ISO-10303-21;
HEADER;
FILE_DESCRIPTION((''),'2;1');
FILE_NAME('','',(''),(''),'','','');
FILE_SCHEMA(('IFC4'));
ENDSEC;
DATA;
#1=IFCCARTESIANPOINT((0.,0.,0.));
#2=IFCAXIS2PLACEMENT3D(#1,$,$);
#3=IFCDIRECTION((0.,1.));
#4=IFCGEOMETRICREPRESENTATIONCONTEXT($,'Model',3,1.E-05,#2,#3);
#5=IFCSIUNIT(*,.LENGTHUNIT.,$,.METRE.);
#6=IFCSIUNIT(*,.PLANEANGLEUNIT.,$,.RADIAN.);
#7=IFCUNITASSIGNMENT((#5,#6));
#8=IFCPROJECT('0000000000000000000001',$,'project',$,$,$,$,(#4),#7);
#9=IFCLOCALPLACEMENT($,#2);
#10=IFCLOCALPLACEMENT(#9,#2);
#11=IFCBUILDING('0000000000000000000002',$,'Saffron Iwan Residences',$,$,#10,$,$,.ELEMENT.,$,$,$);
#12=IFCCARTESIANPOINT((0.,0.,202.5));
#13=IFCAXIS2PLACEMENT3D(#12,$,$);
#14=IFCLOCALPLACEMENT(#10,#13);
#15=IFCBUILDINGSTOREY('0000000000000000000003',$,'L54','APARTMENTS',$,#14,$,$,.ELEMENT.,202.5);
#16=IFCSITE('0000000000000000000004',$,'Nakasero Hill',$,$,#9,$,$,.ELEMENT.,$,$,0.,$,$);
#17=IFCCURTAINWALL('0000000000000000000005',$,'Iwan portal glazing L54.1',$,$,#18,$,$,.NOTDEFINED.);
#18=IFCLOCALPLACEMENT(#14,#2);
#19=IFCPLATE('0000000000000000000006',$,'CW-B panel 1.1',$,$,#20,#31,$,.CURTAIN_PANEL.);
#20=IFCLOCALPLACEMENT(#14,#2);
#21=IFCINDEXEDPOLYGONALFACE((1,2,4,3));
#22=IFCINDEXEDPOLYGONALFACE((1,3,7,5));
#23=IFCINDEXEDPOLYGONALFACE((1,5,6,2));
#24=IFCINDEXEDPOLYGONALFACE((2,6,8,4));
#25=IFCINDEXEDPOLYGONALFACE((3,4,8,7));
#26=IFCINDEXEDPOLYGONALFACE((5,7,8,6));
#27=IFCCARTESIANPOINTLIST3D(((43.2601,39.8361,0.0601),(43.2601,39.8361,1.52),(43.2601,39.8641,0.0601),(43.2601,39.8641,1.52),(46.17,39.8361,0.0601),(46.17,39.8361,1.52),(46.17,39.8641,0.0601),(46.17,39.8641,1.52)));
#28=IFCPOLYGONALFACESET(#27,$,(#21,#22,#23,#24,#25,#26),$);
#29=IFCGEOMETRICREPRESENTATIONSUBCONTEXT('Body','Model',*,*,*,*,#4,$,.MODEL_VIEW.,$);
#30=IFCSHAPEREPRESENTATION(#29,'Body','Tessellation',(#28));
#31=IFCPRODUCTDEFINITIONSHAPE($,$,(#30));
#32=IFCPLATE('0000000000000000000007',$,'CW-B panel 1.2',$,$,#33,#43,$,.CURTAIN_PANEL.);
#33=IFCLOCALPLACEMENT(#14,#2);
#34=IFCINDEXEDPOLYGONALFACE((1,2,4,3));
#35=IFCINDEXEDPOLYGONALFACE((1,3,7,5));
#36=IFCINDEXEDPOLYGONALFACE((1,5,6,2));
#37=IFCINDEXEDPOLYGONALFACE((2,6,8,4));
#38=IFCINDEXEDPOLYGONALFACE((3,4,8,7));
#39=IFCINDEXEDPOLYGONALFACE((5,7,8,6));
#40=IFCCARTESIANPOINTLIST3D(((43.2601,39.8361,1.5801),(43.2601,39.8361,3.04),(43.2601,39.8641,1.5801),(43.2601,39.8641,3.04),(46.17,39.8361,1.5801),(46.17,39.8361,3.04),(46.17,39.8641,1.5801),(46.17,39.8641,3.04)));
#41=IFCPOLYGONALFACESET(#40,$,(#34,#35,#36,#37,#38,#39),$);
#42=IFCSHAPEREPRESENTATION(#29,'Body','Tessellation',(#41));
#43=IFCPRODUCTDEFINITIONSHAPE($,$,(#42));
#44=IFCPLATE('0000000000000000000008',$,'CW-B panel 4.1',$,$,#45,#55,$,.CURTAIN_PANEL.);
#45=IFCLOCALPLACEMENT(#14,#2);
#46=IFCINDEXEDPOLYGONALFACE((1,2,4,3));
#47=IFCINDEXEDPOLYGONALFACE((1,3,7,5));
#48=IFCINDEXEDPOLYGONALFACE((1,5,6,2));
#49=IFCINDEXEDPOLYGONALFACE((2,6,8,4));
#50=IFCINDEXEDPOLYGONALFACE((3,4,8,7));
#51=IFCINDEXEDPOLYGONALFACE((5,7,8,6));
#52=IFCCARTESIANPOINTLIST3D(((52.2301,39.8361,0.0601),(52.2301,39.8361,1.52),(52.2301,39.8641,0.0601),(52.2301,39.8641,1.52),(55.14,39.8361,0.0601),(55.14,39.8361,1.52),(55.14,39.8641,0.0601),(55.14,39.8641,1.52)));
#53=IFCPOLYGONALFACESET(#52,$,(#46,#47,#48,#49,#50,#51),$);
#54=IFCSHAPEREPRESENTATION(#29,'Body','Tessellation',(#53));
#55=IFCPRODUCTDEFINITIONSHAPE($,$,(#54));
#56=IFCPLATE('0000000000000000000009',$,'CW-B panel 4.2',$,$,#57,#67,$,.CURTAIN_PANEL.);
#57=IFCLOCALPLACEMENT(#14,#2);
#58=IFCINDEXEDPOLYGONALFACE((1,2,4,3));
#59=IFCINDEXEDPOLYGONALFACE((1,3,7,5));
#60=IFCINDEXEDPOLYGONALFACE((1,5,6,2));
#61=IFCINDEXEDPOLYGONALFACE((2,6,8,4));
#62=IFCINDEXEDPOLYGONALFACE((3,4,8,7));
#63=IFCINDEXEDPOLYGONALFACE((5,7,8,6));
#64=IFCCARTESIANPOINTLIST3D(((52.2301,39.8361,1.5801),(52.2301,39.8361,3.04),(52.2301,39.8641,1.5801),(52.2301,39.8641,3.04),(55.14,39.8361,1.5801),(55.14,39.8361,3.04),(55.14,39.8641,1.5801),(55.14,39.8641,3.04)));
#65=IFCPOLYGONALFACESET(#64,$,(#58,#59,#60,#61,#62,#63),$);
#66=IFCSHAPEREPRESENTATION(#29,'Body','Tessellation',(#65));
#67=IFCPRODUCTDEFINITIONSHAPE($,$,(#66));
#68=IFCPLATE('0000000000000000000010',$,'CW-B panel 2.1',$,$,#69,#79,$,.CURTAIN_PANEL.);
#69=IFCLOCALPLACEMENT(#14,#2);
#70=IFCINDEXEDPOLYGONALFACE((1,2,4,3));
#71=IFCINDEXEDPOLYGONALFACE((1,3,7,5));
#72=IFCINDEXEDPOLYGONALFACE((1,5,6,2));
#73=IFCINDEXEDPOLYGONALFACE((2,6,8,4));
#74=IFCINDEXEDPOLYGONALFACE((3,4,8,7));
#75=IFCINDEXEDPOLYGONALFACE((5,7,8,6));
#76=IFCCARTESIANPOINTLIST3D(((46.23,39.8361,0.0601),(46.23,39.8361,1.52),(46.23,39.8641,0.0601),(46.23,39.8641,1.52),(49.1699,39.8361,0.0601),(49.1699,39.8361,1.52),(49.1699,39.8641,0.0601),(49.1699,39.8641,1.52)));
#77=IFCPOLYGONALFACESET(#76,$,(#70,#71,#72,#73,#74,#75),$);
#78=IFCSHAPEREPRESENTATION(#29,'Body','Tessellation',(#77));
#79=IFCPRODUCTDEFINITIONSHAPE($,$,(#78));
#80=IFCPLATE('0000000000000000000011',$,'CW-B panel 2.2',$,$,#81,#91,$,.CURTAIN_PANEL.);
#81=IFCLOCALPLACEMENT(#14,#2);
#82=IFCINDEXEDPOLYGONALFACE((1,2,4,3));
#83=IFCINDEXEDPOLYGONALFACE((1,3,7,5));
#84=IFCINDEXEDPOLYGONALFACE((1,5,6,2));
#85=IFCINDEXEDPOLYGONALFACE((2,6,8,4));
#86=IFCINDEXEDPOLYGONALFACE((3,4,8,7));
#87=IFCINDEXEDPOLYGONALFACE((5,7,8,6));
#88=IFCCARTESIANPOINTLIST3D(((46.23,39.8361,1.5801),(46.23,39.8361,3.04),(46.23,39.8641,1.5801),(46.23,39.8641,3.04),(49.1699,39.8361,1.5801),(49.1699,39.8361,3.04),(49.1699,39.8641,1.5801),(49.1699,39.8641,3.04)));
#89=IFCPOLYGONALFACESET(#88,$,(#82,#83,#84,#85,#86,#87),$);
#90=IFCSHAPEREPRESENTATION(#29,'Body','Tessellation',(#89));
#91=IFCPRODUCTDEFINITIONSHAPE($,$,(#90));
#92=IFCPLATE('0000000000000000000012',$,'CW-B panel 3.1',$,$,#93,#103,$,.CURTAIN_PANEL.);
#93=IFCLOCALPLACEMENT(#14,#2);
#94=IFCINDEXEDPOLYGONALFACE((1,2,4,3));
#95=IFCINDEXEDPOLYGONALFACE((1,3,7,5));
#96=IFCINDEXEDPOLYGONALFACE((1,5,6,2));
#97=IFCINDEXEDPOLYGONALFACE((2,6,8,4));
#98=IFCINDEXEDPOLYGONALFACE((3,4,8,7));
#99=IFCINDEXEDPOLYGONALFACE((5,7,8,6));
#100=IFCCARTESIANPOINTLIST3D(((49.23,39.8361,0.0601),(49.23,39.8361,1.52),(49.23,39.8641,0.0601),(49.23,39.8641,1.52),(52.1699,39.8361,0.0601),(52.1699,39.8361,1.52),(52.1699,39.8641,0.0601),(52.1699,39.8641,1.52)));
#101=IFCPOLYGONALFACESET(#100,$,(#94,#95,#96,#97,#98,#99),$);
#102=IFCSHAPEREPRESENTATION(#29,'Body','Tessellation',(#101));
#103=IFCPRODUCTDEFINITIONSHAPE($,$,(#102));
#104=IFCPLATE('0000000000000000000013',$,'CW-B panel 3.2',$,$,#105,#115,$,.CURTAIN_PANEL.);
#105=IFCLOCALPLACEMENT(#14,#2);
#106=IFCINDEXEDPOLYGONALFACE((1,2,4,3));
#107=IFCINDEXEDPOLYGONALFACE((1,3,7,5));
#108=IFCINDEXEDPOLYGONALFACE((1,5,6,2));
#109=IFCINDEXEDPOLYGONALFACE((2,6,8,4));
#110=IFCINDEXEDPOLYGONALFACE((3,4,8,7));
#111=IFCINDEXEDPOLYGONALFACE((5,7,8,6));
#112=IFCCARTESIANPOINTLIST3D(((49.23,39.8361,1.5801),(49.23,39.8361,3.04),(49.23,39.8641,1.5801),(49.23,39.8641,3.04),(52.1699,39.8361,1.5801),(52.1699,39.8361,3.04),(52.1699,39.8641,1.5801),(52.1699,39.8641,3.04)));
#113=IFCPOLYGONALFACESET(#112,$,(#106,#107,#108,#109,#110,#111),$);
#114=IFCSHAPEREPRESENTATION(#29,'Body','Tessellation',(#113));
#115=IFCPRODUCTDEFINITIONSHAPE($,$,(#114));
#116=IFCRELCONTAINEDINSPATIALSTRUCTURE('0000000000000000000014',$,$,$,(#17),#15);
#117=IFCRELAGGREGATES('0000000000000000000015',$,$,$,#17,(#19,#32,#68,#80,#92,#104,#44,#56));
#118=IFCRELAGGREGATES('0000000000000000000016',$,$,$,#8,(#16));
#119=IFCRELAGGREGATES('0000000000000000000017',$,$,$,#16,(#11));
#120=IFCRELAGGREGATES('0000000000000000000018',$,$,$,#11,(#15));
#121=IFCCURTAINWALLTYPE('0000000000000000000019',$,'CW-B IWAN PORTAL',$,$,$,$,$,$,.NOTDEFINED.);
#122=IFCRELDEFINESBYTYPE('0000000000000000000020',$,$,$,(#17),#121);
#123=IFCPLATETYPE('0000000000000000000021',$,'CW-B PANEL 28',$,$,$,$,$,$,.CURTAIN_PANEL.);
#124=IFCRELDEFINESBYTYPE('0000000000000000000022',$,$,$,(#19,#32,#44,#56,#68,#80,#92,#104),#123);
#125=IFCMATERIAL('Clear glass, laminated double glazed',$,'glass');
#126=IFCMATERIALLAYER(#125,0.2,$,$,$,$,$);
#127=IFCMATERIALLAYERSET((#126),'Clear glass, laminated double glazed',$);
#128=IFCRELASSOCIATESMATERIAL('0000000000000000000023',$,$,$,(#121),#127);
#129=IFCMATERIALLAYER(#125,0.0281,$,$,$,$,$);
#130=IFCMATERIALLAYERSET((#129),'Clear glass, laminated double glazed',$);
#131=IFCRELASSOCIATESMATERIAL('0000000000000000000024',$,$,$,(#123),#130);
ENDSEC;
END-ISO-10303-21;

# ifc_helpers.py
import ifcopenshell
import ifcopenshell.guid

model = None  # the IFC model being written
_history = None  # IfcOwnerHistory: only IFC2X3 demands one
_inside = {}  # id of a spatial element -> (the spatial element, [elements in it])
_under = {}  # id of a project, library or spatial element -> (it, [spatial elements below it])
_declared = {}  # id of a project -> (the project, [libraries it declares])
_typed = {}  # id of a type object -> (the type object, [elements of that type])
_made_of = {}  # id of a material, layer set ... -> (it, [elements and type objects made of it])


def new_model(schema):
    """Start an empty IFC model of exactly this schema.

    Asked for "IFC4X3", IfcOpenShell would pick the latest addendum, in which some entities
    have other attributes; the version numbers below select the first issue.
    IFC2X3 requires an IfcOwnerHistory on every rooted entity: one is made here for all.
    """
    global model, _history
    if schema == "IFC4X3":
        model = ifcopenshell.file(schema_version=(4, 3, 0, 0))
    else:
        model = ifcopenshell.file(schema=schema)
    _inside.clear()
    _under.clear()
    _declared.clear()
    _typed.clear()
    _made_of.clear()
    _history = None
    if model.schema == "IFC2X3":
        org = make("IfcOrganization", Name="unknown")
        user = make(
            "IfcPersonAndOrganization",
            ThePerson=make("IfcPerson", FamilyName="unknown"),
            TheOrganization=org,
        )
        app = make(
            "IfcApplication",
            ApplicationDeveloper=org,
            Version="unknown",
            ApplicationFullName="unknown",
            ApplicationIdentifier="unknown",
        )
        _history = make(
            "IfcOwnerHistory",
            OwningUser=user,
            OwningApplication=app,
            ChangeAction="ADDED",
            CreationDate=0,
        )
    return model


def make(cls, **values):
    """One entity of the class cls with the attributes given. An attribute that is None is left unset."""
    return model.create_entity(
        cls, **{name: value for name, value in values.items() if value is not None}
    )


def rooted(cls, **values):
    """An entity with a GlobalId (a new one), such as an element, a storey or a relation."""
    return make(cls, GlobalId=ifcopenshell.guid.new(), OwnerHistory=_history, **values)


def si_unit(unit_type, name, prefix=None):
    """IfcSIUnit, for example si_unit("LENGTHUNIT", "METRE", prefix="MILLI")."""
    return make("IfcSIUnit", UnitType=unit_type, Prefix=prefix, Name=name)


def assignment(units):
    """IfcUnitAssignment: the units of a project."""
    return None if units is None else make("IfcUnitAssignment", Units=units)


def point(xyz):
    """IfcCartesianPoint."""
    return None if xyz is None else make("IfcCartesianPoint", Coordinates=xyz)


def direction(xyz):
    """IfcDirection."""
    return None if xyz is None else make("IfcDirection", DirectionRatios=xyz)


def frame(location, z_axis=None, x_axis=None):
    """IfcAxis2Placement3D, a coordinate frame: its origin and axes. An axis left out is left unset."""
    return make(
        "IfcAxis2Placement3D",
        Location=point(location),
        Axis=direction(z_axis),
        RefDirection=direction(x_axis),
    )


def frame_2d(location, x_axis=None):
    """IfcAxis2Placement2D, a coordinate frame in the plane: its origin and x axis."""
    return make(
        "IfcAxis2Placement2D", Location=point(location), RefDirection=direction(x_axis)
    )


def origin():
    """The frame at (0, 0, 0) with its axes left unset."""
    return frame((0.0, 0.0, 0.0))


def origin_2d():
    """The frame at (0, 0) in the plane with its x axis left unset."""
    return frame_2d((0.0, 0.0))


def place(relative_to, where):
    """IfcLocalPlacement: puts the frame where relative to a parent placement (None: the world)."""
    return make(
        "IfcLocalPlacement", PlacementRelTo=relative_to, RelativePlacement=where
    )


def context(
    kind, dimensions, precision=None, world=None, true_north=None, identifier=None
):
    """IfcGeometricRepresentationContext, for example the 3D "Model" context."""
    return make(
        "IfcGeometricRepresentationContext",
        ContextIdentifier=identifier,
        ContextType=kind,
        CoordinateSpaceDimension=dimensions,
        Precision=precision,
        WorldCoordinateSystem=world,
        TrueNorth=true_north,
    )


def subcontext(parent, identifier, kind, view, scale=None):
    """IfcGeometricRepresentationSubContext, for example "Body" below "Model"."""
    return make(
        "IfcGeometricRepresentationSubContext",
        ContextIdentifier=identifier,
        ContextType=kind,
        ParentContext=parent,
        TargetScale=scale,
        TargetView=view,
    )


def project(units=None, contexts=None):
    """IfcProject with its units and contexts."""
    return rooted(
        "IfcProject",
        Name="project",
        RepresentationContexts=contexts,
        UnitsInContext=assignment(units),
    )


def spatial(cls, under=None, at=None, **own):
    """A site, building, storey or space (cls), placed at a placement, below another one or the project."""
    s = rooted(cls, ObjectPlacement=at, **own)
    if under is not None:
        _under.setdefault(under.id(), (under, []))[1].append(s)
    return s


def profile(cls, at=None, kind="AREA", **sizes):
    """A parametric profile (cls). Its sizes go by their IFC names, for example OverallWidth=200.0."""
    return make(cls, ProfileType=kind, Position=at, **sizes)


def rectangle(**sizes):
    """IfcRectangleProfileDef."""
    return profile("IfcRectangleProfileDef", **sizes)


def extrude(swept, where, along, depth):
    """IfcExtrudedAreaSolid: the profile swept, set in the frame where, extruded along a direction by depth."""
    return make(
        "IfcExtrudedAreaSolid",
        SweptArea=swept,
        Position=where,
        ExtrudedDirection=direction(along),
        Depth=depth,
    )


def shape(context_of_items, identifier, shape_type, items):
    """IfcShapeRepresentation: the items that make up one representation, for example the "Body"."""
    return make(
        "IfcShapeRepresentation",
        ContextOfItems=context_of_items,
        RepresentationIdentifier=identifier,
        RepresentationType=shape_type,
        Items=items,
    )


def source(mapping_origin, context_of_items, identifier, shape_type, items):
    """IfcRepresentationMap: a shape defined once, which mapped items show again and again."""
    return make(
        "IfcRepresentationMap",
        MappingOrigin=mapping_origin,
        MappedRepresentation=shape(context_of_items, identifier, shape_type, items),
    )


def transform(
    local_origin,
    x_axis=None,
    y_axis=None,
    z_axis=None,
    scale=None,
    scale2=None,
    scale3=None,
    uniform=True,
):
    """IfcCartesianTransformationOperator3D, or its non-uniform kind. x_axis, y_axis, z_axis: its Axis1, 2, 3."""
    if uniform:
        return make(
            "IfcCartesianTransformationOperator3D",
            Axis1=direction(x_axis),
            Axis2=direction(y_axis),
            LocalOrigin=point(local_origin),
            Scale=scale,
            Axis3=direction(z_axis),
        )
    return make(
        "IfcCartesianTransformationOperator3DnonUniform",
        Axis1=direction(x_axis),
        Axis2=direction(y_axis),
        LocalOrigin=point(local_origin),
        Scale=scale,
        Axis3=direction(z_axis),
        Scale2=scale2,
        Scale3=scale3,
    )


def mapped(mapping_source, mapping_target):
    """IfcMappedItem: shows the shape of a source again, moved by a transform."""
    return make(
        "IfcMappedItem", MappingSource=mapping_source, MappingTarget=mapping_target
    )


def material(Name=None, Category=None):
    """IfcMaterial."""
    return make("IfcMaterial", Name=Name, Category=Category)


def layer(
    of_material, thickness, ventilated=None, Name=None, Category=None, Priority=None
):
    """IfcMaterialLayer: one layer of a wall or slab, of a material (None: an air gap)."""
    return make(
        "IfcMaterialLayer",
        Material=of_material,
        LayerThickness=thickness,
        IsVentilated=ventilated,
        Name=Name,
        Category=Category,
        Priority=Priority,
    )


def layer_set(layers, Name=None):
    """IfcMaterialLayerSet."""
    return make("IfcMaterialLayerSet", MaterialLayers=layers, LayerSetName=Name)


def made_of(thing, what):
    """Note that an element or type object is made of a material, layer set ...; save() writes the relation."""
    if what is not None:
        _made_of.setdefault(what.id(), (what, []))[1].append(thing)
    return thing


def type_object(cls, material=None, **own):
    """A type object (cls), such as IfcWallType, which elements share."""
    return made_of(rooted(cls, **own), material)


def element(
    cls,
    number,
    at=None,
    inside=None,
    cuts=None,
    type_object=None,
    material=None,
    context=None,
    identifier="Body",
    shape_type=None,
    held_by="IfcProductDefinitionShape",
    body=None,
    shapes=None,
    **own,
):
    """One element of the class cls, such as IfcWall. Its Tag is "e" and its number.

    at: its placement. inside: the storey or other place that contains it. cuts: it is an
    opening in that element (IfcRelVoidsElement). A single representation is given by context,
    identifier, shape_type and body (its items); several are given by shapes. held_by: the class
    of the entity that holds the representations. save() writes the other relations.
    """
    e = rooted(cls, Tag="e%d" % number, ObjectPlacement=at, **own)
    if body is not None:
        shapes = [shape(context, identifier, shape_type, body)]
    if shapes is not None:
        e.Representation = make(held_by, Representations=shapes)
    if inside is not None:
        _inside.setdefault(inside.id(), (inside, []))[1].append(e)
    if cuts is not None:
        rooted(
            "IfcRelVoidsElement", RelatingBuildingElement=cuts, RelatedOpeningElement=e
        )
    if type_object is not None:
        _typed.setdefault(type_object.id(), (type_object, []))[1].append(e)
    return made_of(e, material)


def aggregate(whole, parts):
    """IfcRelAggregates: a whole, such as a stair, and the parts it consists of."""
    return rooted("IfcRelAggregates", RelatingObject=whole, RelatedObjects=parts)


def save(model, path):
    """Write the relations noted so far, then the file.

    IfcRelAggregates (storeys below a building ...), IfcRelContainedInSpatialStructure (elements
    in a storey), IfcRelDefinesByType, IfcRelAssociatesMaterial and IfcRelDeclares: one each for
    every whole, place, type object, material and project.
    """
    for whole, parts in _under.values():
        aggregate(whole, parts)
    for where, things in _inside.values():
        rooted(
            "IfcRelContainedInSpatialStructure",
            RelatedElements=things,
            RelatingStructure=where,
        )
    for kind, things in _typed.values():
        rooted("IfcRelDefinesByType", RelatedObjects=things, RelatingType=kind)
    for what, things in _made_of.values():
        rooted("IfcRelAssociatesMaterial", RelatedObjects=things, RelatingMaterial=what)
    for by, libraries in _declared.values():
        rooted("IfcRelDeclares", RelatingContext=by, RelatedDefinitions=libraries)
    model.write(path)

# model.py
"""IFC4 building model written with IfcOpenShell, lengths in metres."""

from ifc_helpers import new_model, si_unit, direction, frame, origin, origin_2d, place, context, subcontext, project, spatial, rectangle, extrude, source, transform, mapped, material, layer, layer_set, type_object, element, aggregate, save


model = new_model("IFC4")

# Units and contexts
model_context = context("Model", 3, precision=1e-05, world=origin(), true_north=direction((0.0, 1.0)))
body_context = subcontext(model_context, "Body", "Model", "MODEL_VIEW")
ifc_project = project(units=[si_unit("LENGTHUNIT", "METRE"), si_unit("PLANEANGLEUNIT", "RADIAN")], contexts=[model_context])

# Site, building, storey
site_placement = place(None, origin())
site = spatial("IfcSite", under=ifc_project, at=site_placement, Name="Nakasero Hill", CompositionType="ELEMENT", RefElevation=0.0)
building_placement = place(site_placement, origin())
building = spatial("IfcBuilding", under=site, at=building_placement, Name="Saffron Iwan Residences", CompositionType="ELEMENT")
storey_placement = place(building_placement, frame((0.0, 0.0, 202.5)))
storey = spatial("IfcBuildingStorey", under=building, at=storey_placement, Name="L54", Description="APARTMENTS", CompositionType="ELEMENT", Elevation=202.5)

# Curtain wall, plates
ifc_material_1 = material(Name="Clear glass, laminated double glazed", Category="glass")
ifc_layer_1 = layer(ifc_material_1, 0.2)
ifc_layer_set_1 = layer_set([ifc_layer_1], Name="Clear glass, laminated double glazed")
curtain_wall_type = type_object("IfcCurtainWallType", Name="CW-B IWAN PORTAL", PredefinedType="NOTDEFINED", material=ifc_layer_set_1)
curtain_wall_placement = place(storey_placement, origin())
curtain_wall = element("IfcCurtainWall", 1, at=curtain_wall_placement, inside=storey, type_object=curtain_wall_type, Name="Iwan portal glazing L54.1", PredefinedType="NOTDEFINED")
ifc_layer_2 = layer(ifc_material_1, 0.0281)
ifc_layer_set_2 = layer_set([ifc_layer_2], Name="Clear glass, laminated double glazed")
plate_type = type_object("IfcPlateType", Name="CW-B PANEL 28", PredefinedType="CURTAIN_PANEL", material=ifc_layer_set_2)
shared_shape_1 = source(origin(), body_context, "Body", "SweptSolid", [
    extrude(rectangle(XDim=2.9099, YDim=0.0281, at=origin_2d()), origin(), (0.0, 0.0, 1.0), 1.46),
])
plate_1_placement = place(storey_placement, frame((44.7151, 39.8501, 0.0601), z_axis=(0.0, 0.0, 1.0), x_axis=(1.0, 0.0, 0.0)))
plate_1 = element("IfcPlate", 2, at=plate_1_placement, type_object=plate_type, Name="CW-B panel 1.1", PredefinedType="CURTAIN_PANEL", context=body_context, shape_type="MappedRepresentation", body=[
    mapped(shared_shape_1, transform((0.0, 0.0, 0.0))),
])
plate_2_placement = place(storey_placement, frame((44.7151, 39.8501, 1.5801), z_axis=(0.0, 0.0, 1.0), x_axis=(1.0, 0.0, 0.0)))
plate_2 = element("IfcPlate", 3, at=plate_2_placement, type_object=plate_type, Name="CW-B panel 1.2", PredefinedType="CURTAIN_PANEL", context=body_context, shape_type="MappedRepresentation", body=[
    mapped(shared_shape_1, transform((0.0, 0.0, 0.0))),
])
plate_3_placement = place(storey_placement, frame((53.6851, 39.8501, 0.0601), z_axis=(0.0, 0.0, 1.0), x_axis=(1.0, 0.0, 0.0)))
plate_3 = element("IfcPlate", 4, at=plate_3_placement, type_object=plate_type, Name="CW-B panel 4.1", PredefinedType="CURTAIN_PANEL", context=body_context, shape_type="MappedRepresentation", body=[
    mapped(shared_shape_1, transform((0.0, 0.0, 0.0))),
])
plate_4_placement = place(storey_placement, frame((53.6851, 39.8501, 1.5801), z_axis=(0.0, 0.0, 1.0), x_axis=(1.0, 0.0, 0.0)))
plate_4 = element("IfcPlate", 5, at=plate_4_placement, type_object=plate_type, Name="CW-B panel 4.2", PredefinedType="CURTAIN_PANEL", context=body_context, shape_type="MappedRepresentation", body=[
    mapped(shared_shape_1, transform((0.0, 0.0, 0.0))),
])
shared_shape_2 = source(origin(), body_context, "Body", "SweptSolid", [
    extrude(rectangle(XDim=2.9399, YDim=0.0281, at=origin_2d()), origin(), (0.0, 0.0, 1.0), 1.46),
])
plate_5_placement = place(storey_placement, frame((47.7, 39.8501, 0.0601), z_axis=(0.0, 0.0, 1.0), x_axis=(1.0, 0.0, 0.0)))
plate_5 = element("IfcPlate", 6, at=plate_5_placement, type_object=plate_type, Name="CW-B panel 2.1", PredefinedType="CURTAIN_PANEL", context=body_context, shape_type="MappedRepresentation", body=[
    mapped(shared_shape_2, transform((0.0, 0.0, 0.0))),
])
plate_6_placement = place(storey_placement, frame((47.7, 39.8501, 1.5801), z_axis=(0.0, 0.0, 1.0), x_axis=(1.0, 0.0, 0.0)))
plate_6 = element("IfcPlate", 7, at=plate_6_placement, type_object=plate_type, Name="CW-B panel 2.2", PredefinedType="CURTAIN_PANEL", context=body_context, shape_type="MappedRepresentation", body=[
    mapped(shared_shape_2, transform((0.0, 0.0, 0.0))),
])
plate_7_placement = place(storey_placement, frame((50.7, 39.8501, 0.0601), z_axis=(0.0, 0.0, 1.0), x_axis=(1.0, 0.0, 0.0)))
plate_7 = element("IfcPlate", 8, at=plate_7_placement, type_object=plate_type, Name="CW-B panel 3.1", PredefinedType="CURTAIN_PANEL", context=body_context, shape_type="MappedRepresentation", body=[
    mapped(shared_shape_2, transform((0.0, 0.0, 0.0))),
])
plate_8_placement = place(storey_placement, frame((50.7, 39.8501, 1.5801), z_axis=(0.0, 0.0, 1.0), x_axis=(1.0, 0.0, 0.0)))
plate_8 = element("IfcPlate", 9, at=plate_8_placement, type_object=plate_type, Name="CW-B panel 3.2", PredefinedType="CURTAIN_PANEL", context=body_context, shape_type="MappedRepresentation", body=[
    mapped(shared_shape_2, transform((0.0, 0.0, 0.0))),
])
aggregate(curtain_wall, [plate_1, plate_2, plate_5, plate_6, plate_7, plate_8, plate_3, plate_4])

save(model, "model.ifc")
